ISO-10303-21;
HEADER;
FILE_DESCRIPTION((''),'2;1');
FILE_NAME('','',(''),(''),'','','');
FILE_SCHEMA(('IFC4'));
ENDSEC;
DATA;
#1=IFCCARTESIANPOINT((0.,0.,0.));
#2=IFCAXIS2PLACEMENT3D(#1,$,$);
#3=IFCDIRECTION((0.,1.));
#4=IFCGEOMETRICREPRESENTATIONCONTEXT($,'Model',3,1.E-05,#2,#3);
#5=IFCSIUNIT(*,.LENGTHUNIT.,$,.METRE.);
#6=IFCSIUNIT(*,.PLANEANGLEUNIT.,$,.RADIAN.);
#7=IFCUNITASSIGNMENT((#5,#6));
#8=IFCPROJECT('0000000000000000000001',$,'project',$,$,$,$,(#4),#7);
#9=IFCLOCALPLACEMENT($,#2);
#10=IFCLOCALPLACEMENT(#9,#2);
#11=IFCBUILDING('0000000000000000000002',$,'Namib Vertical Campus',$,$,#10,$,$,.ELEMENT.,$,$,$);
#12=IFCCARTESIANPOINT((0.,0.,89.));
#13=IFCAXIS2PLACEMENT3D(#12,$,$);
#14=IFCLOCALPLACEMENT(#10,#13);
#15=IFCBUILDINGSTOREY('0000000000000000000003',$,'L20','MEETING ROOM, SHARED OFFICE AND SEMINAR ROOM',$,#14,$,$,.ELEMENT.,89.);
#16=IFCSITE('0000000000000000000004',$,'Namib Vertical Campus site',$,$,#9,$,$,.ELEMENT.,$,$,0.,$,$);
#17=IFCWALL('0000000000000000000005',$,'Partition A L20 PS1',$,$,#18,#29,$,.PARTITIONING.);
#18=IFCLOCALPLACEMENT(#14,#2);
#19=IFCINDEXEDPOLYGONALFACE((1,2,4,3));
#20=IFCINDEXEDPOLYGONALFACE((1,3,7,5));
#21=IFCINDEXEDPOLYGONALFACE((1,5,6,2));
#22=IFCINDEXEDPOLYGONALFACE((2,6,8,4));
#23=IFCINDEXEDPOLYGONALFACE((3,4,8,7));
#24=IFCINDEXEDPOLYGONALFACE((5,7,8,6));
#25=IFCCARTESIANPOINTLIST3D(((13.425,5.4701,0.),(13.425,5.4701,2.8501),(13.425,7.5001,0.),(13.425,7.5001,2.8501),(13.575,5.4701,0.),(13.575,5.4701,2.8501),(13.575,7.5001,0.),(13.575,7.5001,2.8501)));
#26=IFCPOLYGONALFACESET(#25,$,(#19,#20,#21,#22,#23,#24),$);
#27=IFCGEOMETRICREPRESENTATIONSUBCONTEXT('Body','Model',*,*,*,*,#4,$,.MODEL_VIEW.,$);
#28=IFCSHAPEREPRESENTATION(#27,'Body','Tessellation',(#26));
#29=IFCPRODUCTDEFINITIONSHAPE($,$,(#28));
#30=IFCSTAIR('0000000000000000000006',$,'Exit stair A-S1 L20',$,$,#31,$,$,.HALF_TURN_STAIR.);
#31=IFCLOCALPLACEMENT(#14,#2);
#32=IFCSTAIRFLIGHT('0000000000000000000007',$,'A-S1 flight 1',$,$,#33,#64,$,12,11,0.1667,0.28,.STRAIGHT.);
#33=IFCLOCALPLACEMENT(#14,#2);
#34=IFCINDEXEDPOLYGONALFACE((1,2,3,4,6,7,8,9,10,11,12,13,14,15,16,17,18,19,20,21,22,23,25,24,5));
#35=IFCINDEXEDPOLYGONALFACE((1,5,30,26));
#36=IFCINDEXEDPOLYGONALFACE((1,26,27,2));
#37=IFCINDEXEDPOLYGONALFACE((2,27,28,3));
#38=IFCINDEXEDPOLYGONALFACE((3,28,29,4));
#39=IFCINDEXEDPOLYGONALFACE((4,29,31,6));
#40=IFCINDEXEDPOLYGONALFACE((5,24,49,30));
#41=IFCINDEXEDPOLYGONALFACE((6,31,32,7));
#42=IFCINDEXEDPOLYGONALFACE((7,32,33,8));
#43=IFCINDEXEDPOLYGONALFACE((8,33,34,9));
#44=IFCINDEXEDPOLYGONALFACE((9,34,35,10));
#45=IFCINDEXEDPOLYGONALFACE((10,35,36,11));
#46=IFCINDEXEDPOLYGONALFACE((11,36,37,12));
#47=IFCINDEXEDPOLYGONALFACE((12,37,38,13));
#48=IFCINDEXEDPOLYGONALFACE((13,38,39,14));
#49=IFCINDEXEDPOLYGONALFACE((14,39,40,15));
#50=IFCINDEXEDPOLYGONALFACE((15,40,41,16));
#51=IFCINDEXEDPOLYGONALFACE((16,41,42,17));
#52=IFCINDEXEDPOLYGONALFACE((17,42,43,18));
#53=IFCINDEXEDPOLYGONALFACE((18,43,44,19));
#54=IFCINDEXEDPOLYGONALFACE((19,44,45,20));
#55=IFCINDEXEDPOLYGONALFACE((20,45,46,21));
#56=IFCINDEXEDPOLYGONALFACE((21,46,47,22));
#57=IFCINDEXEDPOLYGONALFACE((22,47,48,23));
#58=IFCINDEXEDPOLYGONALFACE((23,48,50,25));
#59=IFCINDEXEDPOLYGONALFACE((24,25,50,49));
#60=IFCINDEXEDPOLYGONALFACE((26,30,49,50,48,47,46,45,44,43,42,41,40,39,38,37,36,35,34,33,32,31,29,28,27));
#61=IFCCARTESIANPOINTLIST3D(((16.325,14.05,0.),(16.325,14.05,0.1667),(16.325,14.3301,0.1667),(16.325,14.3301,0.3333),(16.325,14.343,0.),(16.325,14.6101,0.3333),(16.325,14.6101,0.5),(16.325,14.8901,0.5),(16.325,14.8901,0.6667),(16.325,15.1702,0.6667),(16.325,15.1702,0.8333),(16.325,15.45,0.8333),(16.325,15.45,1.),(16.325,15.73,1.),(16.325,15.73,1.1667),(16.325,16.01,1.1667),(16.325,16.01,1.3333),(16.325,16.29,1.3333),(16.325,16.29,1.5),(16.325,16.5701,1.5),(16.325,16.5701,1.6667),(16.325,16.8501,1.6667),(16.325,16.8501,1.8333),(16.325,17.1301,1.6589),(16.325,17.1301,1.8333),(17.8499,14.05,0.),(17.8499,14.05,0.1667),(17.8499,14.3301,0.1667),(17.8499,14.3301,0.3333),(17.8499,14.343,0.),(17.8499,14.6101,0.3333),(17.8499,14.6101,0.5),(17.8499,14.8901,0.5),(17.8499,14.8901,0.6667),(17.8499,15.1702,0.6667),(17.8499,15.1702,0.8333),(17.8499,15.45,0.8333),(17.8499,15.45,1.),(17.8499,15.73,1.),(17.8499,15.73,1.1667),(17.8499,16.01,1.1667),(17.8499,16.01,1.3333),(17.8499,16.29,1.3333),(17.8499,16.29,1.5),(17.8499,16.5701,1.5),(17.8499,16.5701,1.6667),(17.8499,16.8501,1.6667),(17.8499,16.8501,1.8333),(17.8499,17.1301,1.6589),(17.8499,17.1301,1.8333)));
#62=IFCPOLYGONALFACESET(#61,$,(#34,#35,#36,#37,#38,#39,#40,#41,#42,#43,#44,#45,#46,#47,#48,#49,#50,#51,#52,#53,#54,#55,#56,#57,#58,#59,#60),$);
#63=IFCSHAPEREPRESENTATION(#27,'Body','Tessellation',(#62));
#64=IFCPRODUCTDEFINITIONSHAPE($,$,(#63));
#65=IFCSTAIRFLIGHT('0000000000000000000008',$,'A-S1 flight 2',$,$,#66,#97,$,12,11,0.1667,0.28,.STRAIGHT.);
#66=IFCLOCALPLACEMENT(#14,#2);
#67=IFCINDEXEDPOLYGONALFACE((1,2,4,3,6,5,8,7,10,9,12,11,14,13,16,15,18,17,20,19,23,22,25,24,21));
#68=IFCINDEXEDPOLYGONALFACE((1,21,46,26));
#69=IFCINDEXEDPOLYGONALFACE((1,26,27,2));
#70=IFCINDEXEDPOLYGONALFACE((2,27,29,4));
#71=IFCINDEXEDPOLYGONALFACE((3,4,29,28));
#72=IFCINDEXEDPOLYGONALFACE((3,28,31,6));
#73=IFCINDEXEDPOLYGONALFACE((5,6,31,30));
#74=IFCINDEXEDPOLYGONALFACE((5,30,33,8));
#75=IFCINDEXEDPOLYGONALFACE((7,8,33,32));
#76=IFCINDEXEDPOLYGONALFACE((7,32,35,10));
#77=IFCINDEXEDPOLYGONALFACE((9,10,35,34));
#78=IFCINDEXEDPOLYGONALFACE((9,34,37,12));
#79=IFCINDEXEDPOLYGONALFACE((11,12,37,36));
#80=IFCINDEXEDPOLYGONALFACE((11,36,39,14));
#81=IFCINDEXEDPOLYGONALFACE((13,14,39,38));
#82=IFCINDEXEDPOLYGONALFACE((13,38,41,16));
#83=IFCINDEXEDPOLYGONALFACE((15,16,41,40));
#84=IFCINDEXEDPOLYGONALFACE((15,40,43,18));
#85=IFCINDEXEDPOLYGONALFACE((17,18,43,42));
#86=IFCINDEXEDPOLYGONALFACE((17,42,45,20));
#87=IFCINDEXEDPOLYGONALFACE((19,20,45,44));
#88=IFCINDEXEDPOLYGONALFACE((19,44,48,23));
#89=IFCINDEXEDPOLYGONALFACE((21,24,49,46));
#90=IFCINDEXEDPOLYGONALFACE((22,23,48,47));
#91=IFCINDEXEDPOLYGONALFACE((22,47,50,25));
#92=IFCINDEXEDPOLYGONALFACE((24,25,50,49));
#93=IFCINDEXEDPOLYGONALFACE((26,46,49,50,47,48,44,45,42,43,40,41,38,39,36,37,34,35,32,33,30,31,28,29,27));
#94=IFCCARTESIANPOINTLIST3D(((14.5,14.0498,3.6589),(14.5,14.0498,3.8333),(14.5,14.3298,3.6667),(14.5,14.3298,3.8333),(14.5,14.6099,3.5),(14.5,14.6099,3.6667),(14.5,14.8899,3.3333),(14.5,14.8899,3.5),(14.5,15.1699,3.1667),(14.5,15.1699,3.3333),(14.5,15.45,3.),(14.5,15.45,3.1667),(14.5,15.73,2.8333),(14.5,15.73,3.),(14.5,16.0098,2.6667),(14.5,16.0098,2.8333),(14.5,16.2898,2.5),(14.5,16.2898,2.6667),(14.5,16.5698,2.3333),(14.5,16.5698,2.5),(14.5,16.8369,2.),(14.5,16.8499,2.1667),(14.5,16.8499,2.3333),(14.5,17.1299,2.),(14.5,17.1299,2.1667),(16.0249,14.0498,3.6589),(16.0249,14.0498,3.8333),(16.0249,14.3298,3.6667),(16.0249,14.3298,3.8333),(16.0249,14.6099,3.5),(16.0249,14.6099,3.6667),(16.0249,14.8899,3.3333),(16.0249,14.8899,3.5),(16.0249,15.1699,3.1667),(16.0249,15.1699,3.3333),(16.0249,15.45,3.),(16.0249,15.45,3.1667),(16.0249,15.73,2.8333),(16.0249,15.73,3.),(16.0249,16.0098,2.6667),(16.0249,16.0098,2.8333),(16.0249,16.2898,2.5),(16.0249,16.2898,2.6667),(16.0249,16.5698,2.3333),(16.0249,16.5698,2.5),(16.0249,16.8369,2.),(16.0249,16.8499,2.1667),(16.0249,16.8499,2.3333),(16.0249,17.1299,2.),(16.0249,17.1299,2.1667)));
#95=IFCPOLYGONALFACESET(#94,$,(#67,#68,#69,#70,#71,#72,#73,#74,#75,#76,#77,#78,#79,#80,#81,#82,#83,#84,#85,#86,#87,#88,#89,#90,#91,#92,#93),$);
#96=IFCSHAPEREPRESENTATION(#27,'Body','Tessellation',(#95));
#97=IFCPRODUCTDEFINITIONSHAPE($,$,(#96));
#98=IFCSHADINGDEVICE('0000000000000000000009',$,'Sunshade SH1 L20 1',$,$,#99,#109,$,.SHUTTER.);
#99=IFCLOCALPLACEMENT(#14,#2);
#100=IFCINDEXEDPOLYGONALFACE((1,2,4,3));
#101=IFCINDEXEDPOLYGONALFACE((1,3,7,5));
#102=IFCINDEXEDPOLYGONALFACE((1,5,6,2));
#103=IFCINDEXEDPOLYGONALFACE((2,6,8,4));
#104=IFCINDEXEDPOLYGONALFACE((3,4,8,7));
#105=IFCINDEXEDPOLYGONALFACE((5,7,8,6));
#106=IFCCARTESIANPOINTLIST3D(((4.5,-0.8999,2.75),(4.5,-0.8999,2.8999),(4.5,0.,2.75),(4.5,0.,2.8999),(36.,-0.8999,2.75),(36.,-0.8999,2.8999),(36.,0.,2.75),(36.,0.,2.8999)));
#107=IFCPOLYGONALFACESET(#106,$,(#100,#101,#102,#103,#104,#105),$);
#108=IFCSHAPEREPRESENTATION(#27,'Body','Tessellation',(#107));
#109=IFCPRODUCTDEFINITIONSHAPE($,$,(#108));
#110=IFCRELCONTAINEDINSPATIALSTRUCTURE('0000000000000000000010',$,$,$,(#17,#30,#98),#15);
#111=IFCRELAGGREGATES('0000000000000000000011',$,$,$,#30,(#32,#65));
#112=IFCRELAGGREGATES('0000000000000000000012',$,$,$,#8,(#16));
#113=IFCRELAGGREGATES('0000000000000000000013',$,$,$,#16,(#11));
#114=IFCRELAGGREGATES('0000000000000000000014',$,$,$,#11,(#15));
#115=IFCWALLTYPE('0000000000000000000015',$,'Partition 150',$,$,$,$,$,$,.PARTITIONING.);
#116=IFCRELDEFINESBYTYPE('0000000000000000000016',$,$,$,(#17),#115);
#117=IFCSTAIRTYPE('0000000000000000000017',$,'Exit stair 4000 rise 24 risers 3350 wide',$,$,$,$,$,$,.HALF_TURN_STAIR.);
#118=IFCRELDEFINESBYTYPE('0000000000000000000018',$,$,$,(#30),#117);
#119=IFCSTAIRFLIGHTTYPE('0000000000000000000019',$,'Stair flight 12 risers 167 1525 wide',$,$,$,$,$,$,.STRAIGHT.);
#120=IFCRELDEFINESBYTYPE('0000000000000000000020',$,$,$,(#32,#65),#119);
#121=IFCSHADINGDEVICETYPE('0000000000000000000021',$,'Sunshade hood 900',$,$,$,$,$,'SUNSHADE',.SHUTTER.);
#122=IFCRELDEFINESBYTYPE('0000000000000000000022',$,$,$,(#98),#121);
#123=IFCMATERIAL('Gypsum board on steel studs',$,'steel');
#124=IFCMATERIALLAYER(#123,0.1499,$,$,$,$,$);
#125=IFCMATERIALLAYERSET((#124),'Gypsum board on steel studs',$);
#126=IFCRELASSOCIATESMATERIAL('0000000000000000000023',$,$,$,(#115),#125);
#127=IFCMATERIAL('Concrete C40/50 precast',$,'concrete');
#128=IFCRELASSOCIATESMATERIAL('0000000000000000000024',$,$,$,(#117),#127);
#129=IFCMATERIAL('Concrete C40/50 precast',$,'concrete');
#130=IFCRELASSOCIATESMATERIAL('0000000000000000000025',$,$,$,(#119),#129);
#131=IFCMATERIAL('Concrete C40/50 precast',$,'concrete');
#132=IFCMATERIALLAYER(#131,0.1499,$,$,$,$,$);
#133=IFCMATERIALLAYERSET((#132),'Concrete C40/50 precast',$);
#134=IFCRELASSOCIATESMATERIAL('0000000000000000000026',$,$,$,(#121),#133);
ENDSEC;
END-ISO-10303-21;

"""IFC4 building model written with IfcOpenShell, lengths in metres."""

from ifc_helpers import new_model, si_unit, direction, frame, frame_2d, origin, origin_2d, place, context, subcontext, project, spatial, polyline, rectangle, outline, extrude, material, layer, layer_set, type_object, element, aggregate, save


model = new_model("IFC4")

# Units and contexts
model_context = context("Model", 3, precision=1e-05, world=origin(), true_north=direction((0.0, 1.0)))
body_context = subcontext(model_context, "Body", "Model", "MODEL_VIEW")
ifc_project = project(units=[si_unit("LENGTHUNIT", "METRE"), si_unit("PLANEANGLEUNIT", "RADIAN")], contexts=[model_context])

# Site, building, storey
site_placement = place(None, origin())
site = spatial("IfcSite", under=ifc_project, at=site_placement, Name="Namib Vertical Campus site", CompositionType="ELEMENT", RefElevation=0.0)
building_placement = place(site_placement, origin())
building = spatial("IfcBuilding", under=site, at=building_placement, Name="Namib Vertical Campus", CompositionType="ELEMENT")
storey_placement = place(building_placement, frame((0.0, 0.0, 89.0)))
storey = spatial("IfcBuildingStorey", under=building, at=storey_placement, Name="L20", Description="MEETING ROOM, SHARED OFFICE AND SEMINAR ROOM", CompositionType="ELEMENT", Elevation=89.0)

# Wall
ifc_material_1 = material(Name="Gypsum board on steel studs", Category="steel")
ifc_layer_1 = layer(ifc_material_1, 0.1499)
ifc_layer_set_1 = layer_set([ifc_layer_1], Name="Gypsum board on steel studs")
wall_type_1 = type_object("IfcWallType", Name="Partition 150", PredefinedType="PARTITIONING", material=ifc_layer_set_1)
wall_1_placement = place(storey_placement, frame((13.5, 5.47, 0.0), z_axis=(0.0, 0.0, 1.0), x_axis=(0.0, 1.0, 0.0)))
element("IfcWall", 1, at=wall_1_placement, inside=storey, type_object=wall_type_1, Name="Partition A L20 PS1", PredefinedType="PARTITIONING", context=body_context, shape_type="SweptSolid", body=[
    extrude(rectangle(XDim=2.03, YDim=0.1499, at=frame_2d((1.0151, 0.0))), origin(), (0.0, 0.0, 1.0), 2.8501),
])

# Stair, stair flights
ifc_material_2 = material(Name="Concrete C40/50 precast", Category="concrete")
stair_type = type_object("IfcStairType", Name="Exit stair 4000 rise 24 risers 3350 wide", PredefinedType="HALF_TURN_STAIR", material=ifc_material_2)
stair_placement = place(storey_placement, origin())
stair = element("IfcStair", 2, at=stair_placement, inside=storey, type_object=stair_type, Name="Exit stair A-S1 L20", PredefinedType="HALF_TURN_STAIR")
ifc_material_3 = material(Name="Concrete C40/50 precast", Category="concrete")
stair_flight_type = type_object("IfcStairFlightType", Name="Stair flight 12 risers 167 1525 wide", PredefinedType="STRAIGHT", material=ifc_material_3)
stair_flight_1_placement = place(storey_placement, frame((17.0874, 14.05, 0.0), z_axis=(0.0, 0.0, 1.0), x_axis=(0.0, 1.0, 0.0)))
stair_flight_1 = element("IfcStairFlight", 3, at=stair_flight_1_placement, type_object=stair_flight_type, Name="A-S1 flight 1", NumberOfRisers=12, NumberOfTreads=11, PredefinedType="STRAIGHT", RiserHeight=0.1667, TreadLength=0.28, context=body_context, shape_type="SweptSolid", body=[
    extrude(outline(polyline([(0.0, 0.0), (0.0, 0.1667), (0.28, 0.1667), (0.28, 0.3333), (0.5601, 0.3333), (0.5601, 0.5), (0.8401, 0.5), (0.8401, 0.6667), (1.1201, 0.6667), (1.1201, 0.8333), (1.3999, 0.8333), (1.3999, 1.0), (1.6799, 1.0), (1.6799, 1.1667), (1.96, 1.1667), (1.96, 1.3333), (2.24, 1.3333), (2.24, 1.5), (2.52, 1.5), (2.52, 1.6667), (2.8, 1.6667), (2.8, 1.8333), (3.0801, 1.8333), (3.0801, 2.0), (3.0801, 1.6589), (0.293, 0.0), (0.0, 0.0)])), frame((0.0, 0.7625, 0.0), z_axis=(0.0, -1.0, 0.0), x_axis=(1.0, 0.0, 0.0)), (0.0, 0.0, 1.0), 1.5249),
])
stair_flight_2_placement = place(storey_placement, frame((15.2625, 17.1299, 2.0), z_axis=(0.0, 0.0, 1.0), x_axis=(0.0, -1.0, 0.0)))
stair_flight_2 = element("IfcStairFlight", 4, at=stair_flight_2_placement, type_object=stair_flight_type, Name="A-S1 flight 2", NumberOfRisers=12, NumberOfTreads=11, PredefinedType="STRAIGHT", RiserHeight=0.1667, TreadLength=0.28, context=body_context, shape_type="SweptSolid", body=[
    extrude(outline(polyline([(0.0, 0.0), (0.0, 0.1667), (0.28, 0.1667), (0.28, 0.3333), (0.5601, 0.3333), (0.5601, 0.5), (0.8401, 0.5), (0.8401, 0.6667), (1.1201, 0.6667), (1.1201, 0.8333), (1.3999, 0.8333), (1.3999, 1.0), (1.6799, 1.0), (1.6799, 1.1667), (1.96, 1.1667), (1.96, 1.3333), (2.24, 1.3333), (2.24, 1.5), (2.52, 1.5), (2.52, 1.6667), (2.8, 1.6667), (2.8, 1.8333), (3.0801, 1.8333), (3.0801, 2.0), (3.0801, 1.6589), (0.293, 0.0), (0.0, 0.0)])), frame((0.0, 0.7625, 0.0), z_axis=(0.0, -1.0, 0.0), x_axis=(1.0, 0.0, 0.0)), (0.0, 0.0, 1.0), 1.5249),
])
aggregate(stair, [stair_flight_1, stair_flight_2])

# Shading device
ifc_material_4 = material(Name="Concrete C40/50 precast", Category="concrete")
ifc_layer_2 = layer(ifc_material_4, 0.1499)
ifc_layer_set_2 = layer_set([ifc_layer_2], Name="Concrete C40/50 precast")
shading_device_type = type_object("IfcShadingDeviceType", Name="Sunshade hood 900", ElementType="SUNSHADE", PredefinedType="SHUTTER", material=ifc_layer_set_2)
shading_device_placement = place(storey_placement, frame((20.25, -0.45, 2.75), z_axis=(0.0, 0.0, 1.0), x_axis=(1.0, 0.0, 0.0)))
element("IfcShadingDevice", 5, at=shading_device_placement, inside=storey, type_object=shading_device_type, Name="Sunshade SH1 L20 1", PredefinedType="SHUTTER", context=body_context, shape_type="SweptSolid", body=[
    extrude(rectangle(XDim=31.5, YDim=0.8999, at=origin_2d()), origin(), (0.0, 0.0, 1.0), 0.1499),
])

save(model, "model.ifc")
